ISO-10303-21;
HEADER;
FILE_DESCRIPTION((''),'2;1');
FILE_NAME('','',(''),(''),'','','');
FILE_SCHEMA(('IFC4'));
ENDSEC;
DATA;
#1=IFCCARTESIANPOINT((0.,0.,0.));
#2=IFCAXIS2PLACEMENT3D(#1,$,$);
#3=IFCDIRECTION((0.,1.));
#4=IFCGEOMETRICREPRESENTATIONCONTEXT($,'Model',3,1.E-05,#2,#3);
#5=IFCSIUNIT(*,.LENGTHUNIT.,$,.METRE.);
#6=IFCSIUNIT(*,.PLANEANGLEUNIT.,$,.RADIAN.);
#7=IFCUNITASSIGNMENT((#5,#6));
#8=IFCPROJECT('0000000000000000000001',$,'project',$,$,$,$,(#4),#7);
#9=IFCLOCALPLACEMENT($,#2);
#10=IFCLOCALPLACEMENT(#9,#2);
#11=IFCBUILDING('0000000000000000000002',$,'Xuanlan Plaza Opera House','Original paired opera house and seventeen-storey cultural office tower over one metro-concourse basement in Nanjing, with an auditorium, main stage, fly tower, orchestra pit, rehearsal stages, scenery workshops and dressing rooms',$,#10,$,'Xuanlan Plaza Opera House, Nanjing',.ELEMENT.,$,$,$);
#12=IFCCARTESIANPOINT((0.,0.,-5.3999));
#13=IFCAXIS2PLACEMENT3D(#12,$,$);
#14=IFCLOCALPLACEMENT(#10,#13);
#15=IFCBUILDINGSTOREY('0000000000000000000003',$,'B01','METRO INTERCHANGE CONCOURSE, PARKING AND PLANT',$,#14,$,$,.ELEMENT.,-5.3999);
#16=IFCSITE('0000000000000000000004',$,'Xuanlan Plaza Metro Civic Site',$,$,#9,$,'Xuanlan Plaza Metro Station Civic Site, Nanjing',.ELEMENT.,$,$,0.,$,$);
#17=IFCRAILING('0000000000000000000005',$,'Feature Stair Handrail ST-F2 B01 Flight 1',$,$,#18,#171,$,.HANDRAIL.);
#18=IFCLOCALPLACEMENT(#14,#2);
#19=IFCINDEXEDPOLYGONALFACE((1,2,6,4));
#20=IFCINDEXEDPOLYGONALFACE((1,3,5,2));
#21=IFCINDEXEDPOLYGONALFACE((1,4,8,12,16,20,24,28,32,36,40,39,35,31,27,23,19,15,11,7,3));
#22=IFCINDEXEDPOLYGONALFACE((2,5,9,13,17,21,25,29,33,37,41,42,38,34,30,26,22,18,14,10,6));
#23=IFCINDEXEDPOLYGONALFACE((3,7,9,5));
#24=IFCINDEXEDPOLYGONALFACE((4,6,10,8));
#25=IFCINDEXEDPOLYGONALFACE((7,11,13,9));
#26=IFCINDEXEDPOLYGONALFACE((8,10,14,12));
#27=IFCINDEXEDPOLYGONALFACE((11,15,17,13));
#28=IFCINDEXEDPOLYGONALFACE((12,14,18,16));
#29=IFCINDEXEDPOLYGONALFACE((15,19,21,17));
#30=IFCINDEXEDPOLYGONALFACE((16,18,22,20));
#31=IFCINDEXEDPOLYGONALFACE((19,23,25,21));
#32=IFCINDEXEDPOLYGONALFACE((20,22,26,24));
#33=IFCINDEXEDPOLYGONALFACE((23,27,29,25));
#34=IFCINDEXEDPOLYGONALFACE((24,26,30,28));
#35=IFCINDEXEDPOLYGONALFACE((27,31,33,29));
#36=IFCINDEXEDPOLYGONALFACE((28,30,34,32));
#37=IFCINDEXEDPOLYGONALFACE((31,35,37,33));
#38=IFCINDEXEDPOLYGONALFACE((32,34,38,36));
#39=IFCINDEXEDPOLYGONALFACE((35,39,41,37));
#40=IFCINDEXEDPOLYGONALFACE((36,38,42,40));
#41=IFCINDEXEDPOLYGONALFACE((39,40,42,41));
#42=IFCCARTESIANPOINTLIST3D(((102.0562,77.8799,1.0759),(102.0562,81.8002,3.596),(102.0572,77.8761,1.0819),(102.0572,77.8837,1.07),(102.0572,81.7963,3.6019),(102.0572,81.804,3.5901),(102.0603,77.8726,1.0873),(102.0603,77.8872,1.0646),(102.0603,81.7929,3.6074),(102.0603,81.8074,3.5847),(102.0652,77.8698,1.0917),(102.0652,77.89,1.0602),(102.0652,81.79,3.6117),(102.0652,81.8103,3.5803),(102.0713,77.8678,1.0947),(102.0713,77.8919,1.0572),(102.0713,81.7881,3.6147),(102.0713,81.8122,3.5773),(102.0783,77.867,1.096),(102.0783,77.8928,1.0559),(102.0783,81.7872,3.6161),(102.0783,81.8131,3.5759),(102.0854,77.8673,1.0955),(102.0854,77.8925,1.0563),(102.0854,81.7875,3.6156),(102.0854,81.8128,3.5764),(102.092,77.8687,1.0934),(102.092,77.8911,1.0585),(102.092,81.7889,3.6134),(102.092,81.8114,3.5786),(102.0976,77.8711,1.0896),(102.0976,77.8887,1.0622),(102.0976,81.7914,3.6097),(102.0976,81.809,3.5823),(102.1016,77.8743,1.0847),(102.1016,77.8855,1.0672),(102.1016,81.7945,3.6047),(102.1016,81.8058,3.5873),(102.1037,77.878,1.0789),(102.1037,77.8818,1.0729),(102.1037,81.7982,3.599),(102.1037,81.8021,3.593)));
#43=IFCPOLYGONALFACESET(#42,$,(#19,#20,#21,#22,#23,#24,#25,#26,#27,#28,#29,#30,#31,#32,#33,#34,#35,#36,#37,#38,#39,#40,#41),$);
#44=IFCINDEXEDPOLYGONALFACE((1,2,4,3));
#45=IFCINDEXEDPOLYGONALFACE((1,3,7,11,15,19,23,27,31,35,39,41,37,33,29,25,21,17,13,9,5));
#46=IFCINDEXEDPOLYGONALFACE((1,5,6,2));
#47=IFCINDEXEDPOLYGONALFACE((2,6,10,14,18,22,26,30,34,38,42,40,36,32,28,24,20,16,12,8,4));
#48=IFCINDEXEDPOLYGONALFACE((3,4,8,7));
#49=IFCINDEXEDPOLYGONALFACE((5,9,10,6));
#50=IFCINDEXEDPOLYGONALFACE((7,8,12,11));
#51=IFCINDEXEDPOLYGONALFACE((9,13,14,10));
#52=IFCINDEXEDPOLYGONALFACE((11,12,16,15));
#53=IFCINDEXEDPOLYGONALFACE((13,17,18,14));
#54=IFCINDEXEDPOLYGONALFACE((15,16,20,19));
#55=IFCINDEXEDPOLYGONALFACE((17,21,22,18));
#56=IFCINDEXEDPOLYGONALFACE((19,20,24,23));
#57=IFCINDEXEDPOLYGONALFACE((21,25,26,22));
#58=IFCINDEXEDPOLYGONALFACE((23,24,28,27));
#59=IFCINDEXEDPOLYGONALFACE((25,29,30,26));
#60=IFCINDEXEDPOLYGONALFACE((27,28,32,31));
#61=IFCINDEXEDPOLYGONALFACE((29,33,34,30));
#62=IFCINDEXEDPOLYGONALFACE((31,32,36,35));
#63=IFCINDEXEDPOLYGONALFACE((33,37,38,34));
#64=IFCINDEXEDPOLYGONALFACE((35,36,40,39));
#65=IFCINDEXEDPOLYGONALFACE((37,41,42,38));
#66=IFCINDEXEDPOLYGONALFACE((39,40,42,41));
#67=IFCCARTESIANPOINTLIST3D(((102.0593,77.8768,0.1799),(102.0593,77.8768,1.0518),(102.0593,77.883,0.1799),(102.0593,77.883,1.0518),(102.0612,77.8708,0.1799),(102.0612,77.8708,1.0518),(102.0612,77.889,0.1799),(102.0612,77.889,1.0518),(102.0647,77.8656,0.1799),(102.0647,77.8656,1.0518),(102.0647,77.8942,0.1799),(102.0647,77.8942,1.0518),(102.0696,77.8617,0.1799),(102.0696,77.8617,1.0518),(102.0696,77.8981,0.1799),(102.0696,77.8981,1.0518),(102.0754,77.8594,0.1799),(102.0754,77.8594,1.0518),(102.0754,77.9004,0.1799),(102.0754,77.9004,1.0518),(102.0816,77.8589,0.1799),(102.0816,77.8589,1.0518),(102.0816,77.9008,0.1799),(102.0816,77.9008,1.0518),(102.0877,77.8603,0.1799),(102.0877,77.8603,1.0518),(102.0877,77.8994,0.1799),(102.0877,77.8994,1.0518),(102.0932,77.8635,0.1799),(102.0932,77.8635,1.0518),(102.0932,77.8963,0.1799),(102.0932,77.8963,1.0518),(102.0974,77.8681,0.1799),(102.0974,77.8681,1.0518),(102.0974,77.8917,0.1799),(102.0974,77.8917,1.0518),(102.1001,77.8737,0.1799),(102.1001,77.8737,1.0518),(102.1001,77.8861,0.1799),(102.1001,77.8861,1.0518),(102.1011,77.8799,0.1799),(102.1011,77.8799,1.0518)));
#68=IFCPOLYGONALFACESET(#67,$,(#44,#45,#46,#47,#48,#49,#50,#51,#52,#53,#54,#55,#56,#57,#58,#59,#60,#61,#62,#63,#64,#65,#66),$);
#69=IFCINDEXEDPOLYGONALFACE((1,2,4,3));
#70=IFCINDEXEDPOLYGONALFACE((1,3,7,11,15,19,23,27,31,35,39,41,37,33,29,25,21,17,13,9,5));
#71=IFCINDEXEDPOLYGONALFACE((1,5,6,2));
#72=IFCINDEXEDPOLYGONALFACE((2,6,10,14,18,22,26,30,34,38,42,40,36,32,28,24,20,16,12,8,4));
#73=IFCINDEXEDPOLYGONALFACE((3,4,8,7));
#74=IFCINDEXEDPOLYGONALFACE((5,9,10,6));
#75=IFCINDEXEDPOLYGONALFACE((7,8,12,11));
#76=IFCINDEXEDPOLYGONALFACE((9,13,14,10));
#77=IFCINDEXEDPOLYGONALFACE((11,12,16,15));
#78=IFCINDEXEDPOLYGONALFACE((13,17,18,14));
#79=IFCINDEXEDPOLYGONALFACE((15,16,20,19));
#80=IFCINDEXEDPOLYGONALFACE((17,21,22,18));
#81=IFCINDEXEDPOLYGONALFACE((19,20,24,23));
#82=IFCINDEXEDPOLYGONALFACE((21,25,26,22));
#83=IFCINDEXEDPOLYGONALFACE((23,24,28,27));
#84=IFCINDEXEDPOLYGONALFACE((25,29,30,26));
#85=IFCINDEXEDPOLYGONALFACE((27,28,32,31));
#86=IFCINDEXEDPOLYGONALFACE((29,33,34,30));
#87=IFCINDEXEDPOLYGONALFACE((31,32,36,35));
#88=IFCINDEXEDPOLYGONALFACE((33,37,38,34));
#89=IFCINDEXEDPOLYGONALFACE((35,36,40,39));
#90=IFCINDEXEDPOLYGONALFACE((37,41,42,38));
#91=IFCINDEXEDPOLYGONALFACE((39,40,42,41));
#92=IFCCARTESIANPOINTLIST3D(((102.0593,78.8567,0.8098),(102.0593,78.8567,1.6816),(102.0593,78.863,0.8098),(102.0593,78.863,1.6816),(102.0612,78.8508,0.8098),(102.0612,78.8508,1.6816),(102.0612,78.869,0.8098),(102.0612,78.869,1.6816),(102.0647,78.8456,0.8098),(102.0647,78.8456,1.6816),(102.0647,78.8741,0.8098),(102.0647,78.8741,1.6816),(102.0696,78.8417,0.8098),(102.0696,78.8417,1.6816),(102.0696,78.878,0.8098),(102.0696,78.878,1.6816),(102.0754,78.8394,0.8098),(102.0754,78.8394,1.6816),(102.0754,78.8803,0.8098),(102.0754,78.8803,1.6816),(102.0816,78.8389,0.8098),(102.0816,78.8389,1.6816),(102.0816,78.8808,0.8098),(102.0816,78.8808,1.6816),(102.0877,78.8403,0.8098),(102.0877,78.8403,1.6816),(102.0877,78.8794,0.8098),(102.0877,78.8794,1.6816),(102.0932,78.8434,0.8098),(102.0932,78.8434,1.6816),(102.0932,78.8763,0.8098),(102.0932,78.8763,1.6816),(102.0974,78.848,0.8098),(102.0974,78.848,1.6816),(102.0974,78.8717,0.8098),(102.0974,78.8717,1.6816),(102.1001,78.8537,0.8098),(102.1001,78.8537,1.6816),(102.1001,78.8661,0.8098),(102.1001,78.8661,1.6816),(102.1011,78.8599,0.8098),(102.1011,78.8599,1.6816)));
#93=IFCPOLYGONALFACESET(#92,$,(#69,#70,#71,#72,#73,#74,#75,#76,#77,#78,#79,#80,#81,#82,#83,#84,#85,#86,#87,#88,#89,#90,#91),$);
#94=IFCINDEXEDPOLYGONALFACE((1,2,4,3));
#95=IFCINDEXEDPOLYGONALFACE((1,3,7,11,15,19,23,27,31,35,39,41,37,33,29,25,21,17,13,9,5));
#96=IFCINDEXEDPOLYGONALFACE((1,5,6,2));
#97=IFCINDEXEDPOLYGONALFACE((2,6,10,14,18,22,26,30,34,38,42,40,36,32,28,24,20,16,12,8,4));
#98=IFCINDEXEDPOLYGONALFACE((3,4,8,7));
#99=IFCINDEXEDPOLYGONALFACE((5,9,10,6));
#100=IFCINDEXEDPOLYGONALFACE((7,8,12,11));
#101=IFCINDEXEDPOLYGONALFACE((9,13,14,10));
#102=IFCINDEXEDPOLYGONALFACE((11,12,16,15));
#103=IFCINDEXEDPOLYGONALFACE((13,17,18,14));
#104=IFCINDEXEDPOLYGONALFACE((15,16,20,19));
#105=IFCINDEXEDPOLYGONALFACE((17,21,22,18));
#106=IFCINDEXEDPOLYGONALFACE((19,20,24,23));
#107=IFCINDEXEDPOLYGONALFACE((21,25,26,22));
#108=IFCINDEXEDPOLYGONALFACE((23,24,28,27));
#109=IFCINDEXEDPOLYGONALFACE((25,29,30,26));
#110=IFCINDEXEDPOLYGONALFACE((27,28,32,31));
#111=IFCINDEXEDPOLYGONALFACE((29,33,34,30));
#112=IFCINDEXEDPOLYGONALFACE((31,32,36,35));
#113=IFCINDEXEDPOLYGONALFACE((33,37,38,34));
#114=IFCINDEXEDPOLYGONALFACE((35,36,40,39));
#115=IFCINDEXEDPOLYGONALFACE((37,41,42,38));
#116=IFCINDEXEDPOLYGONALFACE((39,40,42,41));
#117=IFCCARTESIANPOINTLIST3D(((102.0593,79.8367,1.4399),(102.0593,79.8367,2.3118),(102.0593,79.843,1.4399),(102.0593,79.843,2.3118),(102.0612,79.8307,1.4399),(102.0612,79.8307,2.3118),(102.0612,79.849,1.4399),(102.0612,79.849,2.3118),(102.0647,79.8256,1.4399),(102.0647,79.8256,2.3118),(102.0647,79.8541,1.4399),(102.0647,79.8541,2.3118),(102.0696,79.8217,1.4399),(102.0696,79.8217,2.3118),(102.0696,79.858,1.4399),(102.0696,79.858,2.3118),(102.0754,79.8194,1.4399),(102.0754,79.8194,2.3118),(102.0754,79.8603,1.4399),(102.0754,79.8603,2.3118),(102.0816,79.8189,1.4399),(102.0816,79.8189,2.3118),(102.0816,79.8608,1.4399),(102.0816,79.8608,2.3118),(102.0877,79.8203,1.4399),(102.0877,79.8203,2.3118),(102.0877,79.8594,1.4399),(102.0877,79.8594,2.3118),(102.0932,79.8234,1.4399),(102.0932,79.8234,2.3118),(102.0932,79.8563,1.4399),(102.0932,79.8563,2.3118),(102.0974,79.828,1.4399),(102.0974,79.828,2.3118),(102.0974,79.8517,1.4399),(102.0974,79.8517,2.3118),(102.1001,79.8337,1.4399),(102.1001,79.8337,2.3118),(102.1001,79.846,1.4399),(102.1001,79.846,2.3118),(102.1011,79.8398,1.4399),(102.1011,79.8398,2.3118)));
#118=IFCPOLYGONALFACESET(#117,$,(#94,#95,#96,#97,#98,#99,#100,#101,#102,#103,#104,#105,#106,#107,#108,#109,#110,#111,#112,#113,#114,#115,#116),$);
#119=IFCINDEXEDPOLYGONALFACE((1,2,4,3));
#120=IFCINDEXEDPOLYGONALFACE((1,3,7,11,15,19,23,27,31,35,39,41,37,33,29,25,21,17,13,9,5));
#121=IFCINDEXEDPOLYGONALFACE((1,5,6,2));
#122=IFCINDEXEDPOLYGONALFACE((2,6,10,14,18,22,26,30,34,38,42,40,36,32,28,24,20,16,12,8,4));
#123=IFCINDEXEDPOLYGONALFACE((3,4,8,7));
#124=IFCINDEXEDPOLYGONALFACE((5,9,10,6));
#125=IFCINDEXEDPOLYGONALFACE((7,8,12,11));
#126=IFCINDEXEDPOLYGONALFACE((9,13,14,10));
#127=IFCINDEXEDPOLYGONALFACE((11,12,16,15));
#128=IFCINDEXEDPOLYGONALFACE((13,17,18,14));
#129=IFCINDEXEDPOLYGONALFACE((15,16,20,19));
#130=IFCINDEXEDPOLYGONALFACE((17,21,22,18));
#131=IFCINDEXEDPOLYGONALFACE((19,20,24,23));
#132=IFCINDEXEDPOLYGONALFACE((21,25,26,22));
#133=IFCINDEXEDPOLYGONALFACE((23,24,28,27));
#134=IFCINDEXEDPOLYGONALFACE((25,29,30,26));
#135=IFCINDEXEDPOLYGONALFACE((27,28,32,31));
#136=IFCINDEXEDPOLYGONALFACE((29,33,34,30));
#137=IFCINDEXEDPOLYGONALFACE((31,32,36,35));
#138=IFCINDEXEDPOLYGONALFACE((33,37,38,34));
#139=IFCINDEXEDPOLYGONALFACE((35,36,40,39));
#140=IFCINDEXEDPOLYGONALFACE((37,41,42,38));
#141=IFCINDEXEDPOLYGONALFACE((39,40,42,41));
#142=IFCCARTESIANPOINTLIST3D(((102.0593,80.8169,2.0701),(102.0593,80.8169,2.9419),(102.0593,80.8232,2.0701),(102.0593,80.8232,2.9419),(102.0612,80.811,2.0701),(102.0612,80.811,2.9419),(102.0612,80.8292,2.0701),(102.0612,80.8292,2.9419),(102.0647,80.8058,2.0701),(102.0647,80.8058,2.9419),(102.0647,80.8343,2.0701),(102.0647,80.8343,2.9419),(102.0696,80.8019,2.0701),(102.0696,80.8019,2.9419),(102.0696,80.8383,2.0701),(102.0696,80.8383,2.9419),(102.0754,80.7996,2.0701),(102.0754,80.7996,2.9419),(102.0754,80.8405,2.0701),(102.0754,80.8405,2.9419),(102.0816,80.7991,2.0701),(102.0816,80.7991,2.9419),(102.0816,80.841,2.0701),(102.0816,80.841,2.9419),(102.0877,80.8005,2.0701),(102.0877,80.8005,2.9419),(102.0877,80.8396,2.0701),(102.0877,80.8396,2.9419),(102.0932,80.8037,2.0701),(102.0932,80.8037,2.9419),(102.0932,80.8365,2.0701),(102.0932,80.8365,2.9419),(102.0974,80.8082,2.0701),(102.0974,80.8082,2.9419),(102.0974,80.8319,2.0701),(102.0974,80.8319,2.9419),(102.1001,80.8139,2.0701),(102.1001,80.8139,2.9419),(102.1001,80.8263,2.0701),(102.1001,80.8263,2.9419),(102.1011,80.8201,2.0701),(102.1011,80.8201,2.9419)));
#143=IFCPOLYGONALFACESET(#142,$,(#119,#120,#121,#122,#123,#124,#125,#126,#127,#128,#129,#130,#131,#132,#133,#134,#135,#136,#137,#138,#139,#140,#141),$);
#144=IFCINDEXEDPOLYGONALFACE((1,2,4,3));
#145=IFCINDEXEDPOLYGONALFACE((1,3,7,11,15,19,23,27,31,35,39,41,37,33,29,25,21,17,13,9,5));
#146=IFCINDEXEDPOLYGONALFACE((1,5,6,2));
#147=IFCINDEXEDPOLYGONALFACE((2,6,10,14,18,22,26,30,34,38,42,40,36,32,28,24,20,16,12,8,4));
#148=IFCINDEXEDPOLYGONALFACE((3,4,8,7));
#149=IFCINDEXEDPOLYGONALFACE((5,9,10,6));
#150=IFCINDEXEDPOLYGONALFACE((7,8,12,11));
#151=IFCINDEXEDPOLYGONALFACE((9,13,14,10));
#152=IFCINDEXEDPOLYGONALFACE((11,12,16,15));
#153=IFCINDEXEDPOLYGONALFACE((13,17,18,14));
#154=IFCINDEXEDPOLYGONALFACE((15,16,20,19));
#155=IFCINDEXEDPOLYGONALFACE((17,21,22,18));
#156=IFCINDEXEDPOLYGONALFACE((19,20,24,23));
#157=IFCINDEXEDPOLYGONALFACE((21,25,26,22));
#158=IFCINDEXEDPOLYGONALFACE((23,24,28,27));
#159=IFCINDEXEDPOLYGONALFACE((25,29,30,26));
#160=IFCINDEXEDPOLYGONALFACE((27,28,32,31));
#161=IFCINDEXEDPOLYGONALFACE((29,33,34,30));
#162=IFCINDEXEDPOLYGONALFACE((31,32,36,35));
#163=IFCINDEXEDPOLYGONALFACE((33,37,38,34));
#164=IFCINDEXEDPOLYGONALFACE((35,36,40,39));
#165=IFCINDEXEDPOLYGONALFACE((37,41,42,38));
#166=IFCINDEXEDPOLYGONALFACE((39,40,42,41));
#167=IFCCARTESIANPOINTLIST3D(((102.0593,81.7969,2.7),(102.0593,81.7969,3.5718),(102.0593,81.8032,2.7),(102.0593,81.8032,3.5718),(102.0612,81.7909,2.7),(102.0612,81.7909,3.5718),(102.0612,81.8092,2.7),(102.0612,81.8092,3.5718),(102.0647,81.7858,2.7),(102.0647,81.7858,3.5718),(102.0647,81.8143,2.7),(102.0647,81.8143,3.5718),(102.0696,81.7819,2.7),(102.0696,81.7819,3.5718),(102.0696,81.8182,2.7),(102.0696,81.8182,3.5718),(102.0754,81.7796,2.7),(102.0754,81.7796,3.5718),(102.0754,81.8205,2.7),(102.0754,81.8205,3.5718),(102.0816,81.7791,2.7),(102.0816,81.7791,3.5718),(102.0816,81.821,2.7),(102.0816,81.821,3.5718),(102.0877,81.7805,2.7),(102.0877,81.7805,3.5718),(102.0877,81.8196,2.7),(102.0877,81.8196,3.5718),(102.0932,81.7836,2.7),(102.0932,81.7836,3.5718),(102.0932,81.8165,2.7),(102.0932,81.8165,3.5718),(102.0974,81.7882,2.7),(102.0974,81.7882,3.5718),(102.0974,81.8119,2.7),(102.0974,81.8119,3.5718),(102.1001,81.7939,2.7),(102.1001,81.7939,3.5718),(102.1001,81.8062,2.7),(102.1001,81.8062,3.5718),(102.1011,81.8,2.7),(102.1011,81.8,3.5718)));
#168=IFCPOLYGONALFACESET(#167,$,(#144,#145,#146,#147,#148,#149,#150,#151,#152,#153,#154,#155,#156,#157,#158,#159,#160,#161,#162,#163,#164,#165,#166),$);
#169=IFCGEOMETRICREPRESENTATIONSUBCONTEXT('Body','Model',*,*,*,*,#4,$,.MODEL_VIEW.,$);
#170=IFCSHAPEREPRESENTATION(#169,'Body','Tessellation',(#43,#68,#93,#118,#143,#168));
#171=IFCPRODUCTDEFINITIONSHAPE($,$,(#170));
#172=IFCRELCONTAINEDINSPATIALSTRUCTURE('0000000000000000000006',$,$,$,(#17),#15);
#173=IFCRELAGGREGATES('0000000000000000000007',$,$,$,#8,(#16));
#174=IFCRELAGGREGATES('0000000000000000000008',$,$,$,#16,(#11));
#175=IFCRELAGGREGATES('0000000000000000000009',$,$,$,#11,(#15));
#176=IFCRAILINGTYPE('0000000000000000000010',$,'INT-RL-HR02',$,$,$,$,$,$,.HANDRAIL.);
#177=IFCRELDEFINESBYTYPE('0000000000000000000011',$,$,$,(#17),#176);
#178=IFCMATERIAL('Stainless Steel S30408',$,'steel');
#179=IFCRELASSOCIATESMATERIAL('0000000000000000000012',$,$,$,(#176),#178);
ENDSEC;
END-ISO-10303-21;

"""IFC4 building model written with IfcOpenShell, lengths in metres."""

from ifc_helpers import new_model, si_unit, direction, frame, origin, origin_2d, place, context, subcontext, project, spatial, circle, extrude, material, type_object, element, save


model = new_model("IFC4")

# Units and contexts
model_context = context("Model", 3, precision=1e-05, world=origin(), true_north=direction((0.0, 1.0)))
body_context = subcontext(model_context, "Body", "Model", "MODEL_VIEW")
ifc_project = project(units=[si_unit("LENGTHUNIT", "METRE"), si_unit("PLANEANGLEUNIT", "RADIAN")], contexts=[model_context])

# Site, building, storey
site_placement = place(None, origin())
site = spatial("IfcSite", under=ifc_project, at=site_placement, Name="Xuanlan Plaza Metro Civic Site", LongName="Xuanlan Plaza Metro Station Civic Site, Nanjing", CompositionType="ELEMENT", RefElevation=0.0)
building_placement = place(site_placement, origin())
building = spatial("IfcBuilding", under=site, at=building_placement, Name="Xuanlan Plaza Opera House", Description="Original paired opera house and seventeen-storey cultural office tower over one metro-concourse basement in Nanjing, with an auditorium, main stage, fly tower, orchestra pit, rehearsal stages, scenery workshops and dressing rooms", LongName="Xuanlan Plaza Opera House, Nanjing", CompositionType="ELEMENT")
storey_placement = place(building_placement, frame((0.0, 0.0, -5.3999)))
storey = spatial("IfcBuildingStorey", under=building, at=storey_placement, Name="B01", Description="METRO INTERCHANGE CONCOURSE, PARKING AND PLANT", CompositionType="ELEMENT", Elevation=-5.3999)

# Railing
ifc_material_1 = material(Name="Stainless Steel S30408", Category="steel")
railing_type = type_object("IfcRailingType", Name="INT-RL-HR02", PredefinedType="HANDRAIL", material=ifc_material_1)
railing_placement = place(storey_placement, frame((102.0801, 77.8799, 0.1799)))
element("IfcRailing", 1, at=railing_placement, inside=storey, type_object=railing_type, Name="Feature Stair Handrail ST-F2 B01 Flight 1", PredefinedType="HANDRAIL", context=body_context, shape_type="SweptSolid", body=[
    extrude(circle(Radius=0.0239, at=origin_2d()), frame((0.0, 0.0, 0.896), z_axis=(0.0, 0.841187, 0.540744), x_axis=(-1.0, 0.0, 0.0)), (0.0, 0.0, 1.0), 4.6604),
    extrude(circle(Radius=0.021, at=origin_2d()), origin(), (0.0, 0.0, 1.0), 0.8718),
    extrude(circle(Radius=0.021, at=origin_2d()), frame((0.0, 0.98, 0.6299)), (0.0, 0.0, 1.0), 0.8718),
    extrude(circle(Radius=0.021, at=origin_2d()), frame((0.0, 1.96, 1.26)), (0.0, 0.0, 1.0), 0.8718),
    extrude(circle(Radius=0.021, at=origin_2d()), frame((0.0, 2.9402, 1.8901)), (0.0, 0.0, 1.0), 0.8718),
    extrude(circle(Radius=0.021, at=origin_2d()), frame((0.0, 3.9202, 2.52)), (0.0, 0.0, 1.0), 0.8718),
])

save(model, "model.ifc")
